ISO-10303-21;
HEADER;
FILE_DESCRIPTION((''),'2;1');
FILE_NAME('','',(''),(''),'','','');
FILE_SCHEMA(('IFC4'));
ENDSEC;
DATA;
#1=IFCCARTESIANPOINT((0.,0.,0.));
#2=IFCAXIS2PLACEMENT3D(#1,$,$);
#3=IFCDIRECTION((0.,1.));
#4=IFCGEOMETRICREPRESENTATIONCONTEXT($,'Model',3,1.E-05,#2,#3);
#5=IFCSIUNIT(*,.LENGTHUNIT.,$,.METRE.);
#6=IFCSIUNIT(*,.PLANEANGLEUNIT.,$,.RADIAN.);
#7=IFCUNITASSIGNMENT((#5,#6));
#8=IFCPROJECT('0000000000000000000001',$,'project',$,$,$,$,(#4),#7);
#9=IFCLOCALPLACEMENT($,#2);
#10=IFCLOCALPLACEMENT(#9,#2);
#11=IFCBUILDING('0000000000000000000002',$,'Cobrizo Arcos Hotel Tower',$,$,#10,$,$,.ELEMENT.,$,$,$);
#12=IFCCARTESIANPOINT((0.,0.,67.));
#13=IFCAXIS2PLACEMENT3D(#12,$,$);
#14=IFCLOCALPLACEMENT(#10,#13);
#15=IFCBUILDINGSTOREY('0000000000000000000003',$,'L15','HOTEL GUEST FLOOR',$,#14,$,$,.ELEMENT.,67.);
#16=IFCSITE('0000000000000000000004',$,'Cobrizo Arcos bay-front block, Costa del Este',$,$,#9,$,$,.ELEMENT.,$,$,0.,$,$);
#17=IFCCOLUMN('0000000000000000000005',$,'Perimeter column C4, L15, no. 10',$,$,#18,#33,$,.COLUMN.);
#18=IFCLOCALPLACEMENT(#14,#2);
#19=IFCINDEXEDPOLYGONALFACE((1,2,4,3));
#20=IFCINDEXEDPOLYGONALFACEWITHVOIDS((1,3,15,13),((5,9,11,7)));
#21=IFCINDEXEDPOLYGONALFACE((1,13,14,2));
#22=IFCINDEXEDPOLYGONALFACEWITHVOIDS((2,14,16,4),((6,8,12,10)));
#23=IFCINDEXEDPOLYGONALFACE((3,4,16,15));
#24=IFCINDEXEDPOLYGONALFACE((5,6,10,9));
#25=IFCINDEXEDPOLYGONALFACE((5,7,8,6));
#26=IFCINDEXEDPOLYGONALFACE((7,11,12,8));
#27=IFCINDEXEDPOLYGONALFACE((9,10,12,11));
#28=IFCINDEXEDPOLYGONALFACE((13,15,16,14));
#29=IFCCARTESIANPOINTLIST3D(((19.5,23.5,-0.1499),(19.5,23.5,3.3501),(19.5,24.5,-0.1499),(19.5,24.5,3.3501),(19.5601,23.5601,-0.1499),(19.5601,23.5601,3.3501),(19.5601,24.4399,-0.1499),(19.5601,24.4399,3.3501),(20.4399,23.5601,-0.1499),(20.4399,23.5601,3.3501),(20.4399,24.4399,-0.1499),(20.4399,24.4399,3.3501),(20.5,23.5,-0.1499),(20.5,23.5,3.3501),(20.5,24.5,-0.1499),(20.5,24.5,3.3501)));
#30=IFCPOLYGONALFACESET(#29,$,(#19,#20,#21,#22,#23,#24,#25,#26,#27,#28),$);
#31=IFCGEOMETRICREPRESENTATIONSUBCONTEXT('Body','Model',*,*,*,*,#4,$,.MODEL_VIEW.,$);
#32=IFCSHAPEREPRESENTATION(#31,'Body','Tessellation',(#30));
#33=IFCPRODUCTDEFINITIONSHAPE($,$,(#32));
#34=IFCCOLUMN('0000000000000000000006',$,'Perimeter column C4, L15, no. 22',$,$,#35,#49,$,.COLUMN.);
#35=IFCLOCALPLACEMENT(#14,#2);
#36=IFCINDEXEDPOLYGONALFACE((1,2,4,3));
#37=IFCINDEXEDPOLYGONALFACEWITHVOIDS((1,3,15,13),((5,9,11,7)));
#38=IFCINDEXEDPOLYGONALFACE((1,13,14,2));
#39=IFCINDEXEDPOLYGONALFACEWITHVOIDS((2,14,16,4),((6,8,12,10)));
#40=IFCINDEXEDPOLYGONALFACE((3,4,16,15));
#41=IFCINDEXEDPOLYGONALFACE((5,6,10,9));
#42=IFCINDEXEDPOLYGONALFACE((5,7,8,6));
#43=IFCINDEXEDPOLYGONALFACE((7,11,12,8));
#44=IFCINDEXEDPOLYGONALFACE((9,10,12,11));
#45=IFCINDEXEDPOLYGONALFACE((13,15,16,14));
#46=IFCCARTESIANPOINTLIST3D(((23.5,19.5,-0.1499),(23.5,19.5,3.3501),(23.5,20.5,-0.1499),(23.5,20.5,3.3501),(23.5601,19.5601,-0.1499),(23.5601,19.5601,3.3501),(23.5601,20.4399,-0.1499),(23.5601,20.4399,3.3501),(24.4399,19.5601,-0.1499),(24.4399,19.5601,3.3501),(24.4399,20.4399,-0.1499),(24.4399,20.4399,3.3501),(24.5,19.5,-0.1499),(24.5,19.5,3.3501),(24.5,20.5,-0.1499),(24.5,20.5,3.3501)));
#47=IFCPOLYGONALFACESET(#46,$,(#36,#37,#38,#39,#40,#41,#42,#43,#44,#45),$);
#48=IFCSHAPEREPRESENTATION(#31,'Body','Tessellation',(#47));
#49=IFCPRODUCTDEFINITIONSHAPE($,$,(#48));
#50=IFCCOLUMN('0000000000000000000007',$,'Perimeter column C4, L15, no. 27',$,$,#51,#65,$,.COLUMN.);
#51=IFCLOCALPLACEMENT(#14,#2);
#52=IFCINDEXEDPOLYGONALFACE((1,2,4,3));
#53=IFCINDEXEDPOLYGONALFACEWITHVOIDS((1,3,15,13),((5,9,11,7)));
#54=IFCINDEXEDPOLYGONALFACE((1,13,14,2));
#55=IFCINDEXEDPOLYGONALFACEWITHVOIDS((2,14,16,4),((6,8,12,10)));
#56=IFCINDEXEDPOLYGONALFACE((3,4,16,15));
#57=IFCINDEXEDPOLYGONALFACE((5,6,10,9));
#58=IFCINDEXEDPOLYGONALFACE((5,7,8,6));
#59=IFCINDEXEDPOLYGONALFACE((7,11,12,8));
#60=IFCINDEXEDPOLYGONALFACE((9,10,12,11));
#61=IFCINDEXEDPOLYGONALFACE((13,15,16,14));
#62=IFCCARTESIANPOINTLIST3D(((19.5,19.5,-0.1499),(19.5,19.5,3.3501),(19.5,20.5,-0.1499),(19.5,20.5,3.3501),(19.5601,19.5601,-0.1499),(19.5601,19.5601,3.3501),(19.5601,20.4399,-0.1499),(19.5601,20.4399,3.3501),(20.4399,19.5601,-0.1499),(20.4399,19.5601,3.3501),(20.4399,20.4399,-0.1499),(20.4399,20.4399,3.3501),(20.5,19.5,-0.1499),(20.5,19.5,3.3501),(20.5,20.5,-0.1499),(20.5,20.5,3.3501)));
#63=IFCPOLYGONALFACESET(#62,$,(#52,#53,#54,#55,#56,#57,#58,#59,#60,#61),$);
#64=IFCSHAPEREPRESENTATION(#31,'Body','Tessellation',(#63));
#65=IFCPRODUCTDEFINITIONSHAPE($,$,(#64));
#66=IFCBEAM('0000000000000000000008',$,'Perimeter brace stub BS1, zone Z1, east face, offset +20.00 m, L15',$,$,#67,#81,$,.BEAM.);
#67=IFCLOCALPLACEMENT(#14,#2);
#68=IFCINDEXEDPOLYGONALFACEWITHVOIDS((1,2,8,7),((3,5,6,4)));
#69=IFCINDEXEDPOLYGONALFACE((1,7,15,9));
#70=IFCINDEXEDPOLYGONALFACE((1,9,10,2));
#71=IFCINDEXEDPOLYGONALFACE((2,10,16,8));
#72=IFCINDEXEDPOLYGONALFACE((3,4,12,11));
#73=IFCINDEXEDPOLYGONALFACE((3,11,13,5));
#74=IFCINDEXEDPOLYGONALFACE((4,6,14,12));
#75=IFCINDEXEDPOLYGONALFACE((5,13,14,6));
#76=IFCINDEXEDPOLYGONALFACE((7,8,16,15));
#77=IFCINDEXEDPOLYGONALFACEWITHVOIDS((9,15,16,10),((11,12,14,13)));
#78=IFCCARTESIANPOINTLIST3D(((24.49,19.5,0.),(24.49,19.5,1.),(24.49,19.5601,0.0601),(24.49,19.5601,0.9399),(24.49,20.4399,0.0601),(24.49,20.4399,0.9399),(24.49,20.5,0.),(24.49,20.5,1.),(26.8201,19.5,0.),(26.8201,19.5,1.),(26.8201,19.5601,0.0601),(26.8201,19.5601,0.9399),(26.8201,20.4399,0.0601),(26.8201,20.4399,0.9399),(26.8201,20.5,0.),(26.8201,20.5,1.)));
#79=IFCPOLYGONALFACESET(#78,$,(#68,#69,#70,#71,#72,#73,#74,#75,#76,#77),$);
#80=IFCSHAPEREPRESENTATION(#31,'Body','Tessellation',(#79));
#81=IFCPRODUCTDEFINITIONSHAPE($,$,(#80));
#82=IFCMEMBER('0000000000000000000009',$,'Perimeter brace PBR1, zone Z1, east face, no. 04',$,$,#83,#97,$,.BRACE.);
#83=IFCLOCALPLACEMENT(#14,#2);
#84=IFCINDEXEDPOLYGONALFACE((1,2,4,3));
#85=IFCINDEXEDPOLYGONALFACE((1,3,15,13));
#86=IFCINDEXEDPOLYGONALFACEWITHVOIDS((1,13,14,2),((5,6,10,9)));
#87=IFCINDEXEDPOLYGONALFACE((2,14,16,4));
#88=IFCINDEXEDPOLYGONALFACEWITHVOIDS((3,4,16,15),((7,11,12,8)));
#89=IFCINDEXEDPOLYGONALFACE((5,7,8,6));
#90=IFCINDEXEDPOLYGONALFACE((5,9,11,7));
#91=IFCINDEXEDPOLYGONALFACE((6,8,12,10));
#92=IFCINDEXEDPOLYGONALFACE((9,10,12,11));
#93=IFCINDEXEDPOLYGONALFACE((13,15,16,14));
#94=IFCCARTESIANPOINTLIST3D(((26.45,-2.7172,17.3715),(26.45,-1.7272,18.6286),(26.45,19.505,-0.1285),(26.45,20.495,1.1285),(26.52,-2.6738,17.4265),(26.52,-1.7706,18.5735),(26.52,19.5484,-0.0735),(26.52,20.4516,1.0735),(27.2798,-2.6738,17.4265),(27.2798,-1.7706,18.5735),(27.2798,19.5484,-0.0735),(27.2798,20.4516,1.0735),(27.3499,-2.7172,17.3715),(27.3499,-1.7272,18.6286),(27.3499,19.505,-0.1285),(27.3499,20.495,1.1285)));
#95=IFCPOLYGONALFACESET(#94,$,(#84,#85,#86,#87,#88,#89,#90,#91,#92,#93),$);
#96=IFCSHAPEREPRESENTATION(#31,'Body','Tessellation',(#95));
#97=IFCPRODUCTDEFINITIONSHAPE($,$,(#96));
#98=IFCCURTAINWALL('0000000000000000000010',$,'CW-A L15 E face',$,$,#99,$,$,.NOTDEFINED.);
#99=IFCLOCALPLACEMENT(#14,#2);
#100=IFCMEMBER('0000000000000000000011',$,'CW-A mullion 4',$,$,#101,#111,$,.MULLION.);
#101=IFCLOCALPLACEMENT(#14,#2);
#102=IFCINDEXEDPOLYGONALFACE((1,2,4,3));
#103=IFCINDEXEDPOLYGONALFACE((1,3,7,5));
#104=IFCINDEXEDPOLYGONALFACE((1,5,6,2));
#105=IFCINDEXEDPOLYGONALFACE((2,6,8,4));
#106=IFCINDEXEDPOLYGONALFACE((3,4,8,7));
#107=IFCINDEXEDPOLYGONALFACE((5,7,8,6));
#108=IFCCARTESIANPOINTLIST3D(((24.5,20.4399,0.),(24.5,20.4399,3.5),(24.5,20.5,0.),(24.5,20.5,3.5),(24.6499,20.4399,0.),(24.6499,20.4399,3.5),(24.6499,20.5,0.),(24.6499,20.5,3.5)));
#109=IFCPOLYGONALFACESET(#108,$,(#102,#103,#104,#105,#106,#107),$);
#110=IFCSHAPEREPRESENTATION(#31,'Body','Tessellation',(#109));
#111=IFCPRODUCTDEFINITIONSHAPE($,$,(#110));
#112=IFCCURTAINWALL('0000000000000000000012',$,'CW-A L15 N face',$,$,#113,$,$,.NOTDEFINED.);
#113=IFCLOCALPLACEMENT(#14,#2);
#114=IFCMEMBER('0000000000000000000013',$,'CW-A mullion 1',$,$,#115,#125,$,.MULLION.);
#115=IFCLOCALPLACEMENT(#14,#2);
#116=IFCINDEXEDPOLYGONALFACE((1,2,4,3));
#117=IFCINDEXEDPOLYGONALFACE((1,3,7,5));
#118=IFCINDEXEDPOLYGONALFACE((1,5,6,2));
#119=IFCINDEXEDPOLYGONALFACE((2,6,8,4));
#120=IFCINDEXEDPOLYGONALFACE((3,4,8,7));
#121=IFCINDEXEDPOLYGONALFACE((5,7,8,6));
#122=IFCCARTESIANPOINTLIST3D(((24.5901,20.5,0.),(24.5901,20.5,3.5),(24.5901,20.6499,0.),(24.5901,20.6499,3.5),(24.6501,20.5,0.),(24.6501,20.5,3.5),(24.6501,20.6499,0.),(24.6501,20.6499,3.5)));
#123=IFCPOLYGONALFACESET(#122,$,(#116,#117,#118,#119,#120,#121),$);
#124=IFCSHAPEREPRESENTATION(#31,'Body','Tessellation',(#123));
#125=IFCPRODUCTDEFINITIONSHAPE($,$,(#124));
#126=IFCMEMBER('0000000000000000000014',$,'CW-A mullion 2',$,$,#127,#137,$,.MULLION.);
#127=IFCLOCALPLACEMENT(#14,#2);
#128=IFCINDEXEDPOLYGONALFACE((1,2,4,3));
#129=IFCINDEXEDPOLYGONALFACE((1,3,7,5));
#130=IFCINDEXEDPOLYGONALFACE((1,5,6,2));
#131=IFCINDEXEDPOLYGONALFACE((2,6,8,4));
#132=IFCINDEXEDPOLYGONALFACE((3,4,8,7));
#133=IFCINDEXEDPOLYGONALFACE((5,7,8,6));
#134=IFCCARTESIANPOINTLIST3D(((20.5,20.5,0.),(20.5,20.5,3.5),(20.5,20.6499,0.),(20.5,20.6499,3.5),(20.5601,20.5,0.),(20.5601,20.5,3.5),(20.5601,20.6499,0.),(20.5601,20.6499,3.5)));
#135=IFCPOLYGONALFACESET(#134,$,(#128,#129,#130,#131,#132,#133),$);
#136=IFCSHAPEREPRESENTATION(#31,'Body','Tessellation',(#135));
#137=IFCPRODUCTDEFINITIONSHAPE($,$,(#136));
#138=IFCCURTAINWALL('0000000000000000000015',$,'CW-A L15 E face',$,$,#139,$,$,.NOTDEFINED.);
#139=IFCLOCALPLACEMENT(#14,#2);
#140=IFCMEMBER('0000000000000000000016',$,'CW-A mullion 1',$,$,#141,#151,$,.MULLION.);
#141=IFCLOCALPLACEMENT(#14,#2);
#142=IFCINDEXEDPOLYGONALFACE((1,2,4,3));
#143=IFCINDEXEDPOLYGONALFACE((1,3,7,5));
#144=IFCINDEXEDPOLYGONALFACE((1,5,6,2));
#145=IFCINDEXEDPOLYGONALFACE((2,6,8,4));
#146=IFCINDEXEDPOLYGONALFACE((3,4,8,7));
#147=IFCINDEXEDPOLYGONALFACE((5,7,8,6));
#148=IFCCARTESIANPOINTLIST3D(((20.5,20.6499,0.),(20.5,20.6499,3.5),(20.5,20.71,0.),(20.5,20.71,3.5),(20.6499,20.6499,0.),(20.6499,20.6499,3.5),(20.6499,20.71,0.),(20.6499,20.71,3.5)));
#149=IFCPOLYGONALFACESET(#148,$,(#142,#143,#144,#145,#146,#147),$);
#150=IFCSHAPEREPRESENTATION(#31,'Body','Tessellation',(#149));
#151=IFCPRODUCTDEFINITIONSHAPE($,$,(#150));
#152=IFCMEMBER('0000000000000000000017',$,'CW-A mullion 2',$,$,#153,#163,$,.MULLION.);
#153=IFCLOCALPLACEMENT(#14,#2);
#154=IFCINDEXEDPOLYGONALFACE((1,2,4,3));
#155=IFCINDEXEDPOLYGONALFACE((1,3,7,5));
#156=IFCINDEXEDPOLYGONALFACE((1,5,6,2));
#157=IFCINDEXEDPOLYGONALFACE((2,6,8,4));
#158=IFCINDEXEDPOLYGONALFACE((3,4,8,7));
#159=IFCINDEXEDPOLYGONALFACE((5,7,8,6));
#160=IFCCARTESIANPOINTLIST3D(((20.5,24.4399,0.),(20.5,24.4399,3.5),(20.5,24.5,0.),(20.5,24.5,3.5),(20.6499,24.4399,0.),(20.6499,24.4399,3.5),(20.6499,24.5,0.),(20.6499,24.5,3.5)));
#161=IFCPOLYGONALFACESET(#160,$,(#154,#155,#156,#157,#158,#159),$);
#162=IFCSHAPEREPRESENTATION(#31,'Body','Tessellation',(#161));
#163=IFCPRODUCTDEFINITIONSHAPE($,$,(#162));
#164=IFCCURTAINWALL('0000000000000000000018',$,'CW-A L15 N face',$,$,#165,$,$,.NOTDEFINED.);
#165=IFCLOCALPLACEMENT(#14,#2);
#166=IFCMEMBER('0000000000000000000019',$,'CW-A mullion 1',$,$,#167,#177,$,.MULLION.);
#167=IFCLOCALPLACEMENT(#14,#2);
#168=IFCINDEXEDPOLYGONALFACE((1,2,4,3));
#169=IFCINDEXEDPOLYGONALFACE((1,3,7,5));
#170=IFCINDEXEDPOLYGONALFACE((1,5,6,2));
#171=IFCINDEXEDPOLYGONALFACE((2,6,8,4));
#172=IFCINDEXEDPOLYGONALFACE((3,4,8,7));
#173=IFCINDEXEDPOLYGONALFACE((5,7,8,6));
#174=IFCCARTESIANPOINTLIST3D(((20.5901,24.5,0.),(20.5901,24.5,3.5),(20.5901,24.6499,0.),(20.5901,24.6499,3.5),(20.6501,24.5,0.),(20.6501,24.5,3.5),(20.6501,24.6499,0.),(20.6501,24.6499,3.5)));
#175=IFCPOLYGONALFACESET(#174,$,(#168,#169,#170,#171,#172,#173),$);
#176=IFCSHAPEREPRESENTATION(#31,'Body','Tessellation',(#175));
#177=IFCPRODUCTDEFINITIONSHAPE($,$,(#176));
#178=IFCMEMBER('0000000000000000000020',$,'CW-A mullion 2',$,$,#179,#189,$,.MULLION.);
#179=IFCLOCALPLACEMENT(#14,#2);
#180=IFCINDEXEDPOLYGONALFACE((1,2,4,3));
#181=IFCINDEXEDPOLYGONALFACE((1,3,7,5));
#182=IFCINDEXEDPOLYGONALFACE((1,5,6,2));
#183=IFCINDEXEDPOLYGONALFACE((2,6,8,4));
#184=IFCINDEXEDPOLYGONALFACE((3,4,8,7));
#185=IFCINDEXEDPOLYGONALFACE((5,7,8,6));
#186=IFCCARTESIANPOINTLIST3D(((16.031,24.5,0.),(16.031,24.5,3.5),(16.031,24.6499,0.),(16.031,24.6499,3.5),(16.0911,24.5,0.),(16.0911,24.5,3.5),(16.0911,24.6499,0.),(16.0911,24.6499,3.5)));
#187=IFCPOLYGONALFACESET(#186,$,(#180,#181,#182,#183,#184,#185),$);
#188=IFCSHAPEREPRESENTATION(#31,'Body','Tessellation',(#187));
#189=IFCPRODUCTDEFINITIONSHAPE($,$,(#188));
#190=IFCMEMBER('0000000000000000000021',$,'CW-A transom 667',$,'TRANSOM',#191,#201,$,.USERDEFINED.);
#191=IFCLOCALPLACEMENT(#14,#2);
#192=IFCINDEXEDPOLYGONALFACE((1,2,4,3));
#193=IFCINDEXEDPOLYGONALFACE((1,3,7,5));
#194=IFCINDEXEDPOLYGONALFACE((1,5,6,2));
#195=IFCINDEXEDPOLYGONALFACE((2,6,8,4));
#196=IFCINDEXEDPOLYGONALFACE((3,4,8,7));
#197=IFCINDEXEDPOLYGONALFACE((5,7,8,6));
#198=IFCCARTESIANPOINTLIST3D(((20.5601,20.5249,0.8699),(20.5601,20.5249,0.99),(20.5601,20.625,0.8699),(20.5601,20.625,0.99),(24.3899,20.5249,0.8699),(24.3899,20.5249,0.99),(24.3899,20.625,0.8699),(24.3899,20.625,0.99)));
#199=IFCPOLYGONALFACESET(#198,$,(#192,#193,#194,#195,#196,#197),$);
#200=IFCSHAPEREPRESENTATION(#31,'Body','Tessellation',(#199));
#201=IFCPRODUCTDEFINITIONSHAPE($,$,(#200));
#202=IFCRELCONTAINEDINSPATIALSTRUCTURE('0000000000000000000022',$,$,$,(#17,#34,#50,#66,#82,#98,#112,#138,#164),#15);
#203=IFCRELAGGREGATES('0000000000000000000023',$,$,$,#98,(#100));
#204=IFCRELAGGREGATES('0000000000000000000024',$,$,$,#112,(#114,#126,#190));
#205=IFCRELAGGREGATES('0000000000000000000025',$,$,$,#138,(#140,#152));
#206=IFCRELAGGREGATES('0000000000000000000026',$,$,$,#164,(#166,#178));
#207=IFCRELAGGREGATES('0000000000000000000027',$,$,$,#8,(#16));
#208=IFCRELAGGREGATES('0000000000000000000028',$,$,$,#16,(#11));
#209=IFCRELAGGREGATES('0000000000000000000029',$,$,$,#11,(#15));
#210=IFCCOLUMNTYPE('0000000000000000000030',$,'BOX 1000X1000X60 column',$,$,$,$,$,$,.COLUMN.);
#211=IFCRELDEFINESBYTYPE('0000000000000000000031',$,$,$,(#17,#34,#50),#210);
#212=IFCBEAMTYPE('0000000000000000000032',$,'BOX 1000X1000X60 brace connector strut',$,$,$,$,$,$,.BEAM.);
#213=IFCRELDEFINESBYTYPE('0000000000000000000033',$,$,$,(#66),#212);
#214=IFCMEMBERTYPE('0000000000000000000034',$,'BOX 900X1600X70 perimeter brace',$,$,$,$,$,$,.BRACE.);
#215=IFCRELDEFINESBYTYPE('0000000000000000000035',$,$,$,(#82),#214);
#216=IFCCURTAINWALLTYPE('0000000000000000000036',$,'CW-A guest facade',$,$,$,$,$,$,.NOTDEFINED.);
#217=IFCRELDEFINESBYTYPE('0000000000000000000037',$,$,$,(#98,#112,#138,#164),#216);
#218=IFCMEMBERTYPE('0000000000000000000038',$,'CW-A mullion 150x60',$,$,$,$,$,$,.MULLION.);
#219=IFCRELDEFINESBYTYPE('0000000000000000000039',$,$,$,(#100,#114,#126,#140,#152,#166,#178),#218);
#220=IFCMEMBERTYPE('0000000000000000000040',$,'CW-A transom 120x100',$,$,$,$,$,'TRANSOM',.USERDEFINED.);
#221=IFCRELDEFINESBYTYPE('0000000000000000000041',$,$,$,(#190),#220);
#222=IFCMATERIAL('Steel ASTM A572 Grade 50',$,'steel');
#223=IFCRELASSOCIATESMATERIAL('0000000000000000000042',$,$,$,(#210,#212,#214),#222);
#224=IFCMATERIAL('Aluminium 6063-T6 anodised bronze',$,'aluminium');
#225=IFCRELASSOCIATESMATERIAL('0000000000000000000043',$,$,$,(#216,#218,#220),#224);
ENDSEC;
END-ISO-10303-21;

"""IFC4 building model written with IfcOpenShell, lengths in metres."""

from ifc_helpers import new_model, si_unit, direction, frame, origin, origin_2d, place, context, subcontext, project, spatial, rectangle, hollow_rectangle, extrude, material, material_profile, profile_set, type_object, element, aggregate, save


model = new_model("IFC4")

# Units and contexts
model_context = context("Model", 3, precision=1e-05, world=origin(), true_north=direction((0.0, 1.0)))
body_context = subcontext(model_context, "Body", "Model", "MODEL_VIEW")
ifc_project = project(units=[si_unit("LENGTHUNIT", "METRE"), si_unit("PLANEANGLEUNIT", "RADIAN")], contexts=[model_context])

# Site, building, storey
site_placement = place(None, origin())
site = spatial("IfcSite", under=ifc_project, at=site_placement, Name="Cobrizo Arcos bay-front block, Costa del Este", CompositionType="ELEMENT", RefElevation=0.0)
building_placement = place(site_placement, origin())
building = spatial("IfcBuilding", under=site, at=building_placement, Name="Cobrizo Arcos Hotel Tower", CompositionType="ELEMENT")
storey_placement = place(building_placement, frame((0.0, 0.0, 67.0)))
storey = spatial("IfcBuildingStorey", under=building, at=storey_placement, Name="L15", Description="HOTEL GUEST FLOOR", CompositionType="ELEMENT", Elevation=67.0)

# Columns
ifc_material_1 = material(Name="Steel ASTM A572 Grade 50", Category="steel")
ifc_material_profile_1 = material_profile(ifc_material_1, hollow_rectangle(XDim=1.0, YDim=1.0, WallThickness=0.0601, at=origin_2d()), Name="BOX 1000X1000X60")
ifc_profile_set_1 = profile_set([ifc_material_profile_1], Name="Steel ASTM A572 Grade 50")
column_type = type_object("IfcColumnType", Name="BOX 1000X1000X60 column", PredefinedType="COLUMN", material=ifc_profile_set_1)
for number, where, z_axis, x_axis, name in (
    (1, (20.0, 24.0, -0.1499), (0.0, 0.0, 1.0), (1.0, 0.0, 0.0), "Perimeter column C4, L15, no. 10"),
    (2, (24.0, 20.0, -0.1499), (0.0, 0.0, 1.0), (1.0, 0.0, 0.0), "Perimeter column C4, L15, no. 22"),
    (3, (20.0, 20.0, -0.1499), (0.0, 0.0, 1.0), (1.0, 0.0, 0.0), "Perimeter column C4, L15, no. 27"),
):
    element("IfcColumn", number, at=place(storey_placement, frame(where, z_axis=z_axis, x_axis=x_axis)), inside=storey, type_object=column_type, Name=name, PredefinedType="COLUMN", context=body_context, shape_type="SweptSolid", body=[
        extrude(hollow_rectangle(XDim=1.0, YDim=1.0, WallThickness=0.0601, at=origin_2d()), origin(), (0.0, 0.0, 1.0), 3.5),
    ])

# Beam
ifc_material_profile_2 = material_profile(ifc_material_1, hollow_rectangle(XDim=1.0, YDim=1.0, WallThickness=0.0601, at=origin_2d()), Name="BOX 1000X1000X60")
ifc_profile_set_2 = profile_set([ifc_material_profile_2], Name="Steel ASTM A572 Grade 50")
beam_type_1 = type_object("IfcBeamType", Name="BOX 1000X1000X60 brace connector strut", PredefinedType="BEAM", material=ifc_profile_set_2)
beam_1_placement = place(storey_placement, frame((24.49, 20.0, 0.5), z_axis=(1.0, 0.0, 0.0), x_axis=(0.0, 1.0, 0.0)))
element("IfcBeam", 4, at=beam_1_placement, inside=storey, type_object=beam_type_1, Name="Perimeter brace stub BS1, zone Z1, east face, offset +20.00 m, L15", PredefinedType="BEAM", context=body_context, shape_type="SweptSolid", body=[
    extrude(hollow_rectangle(XDim=1.0, YDim=1.0, WallThickness=0.0601, at=origin_2d()), origin(), (0.0, 0.0, 1.0), 2.3301),
])

# Member
ifc_material_profile_3 = material_profile(ifc_material_1, hollow_rectangle(XDim=0.8999, YDim=1.6001, WallThickness=0.0701, at=origin_2d()), Name="BOX 900X1600X70")
ifc_profile_set_3 = profile_set([ifc_material_profile_3], Name="Steel ASTM A572 Grade 50")
member_type_1 = type_object("IfcMemberType", Name="BOX 900X1600X70 perimeter brace", PredefinedType="BRACE", material=ifc_profile_set_3)
member_1_placement = place(storey_placement, frame((26.8999, 20.0, 0.5), z_axis=(0.0, -0.785636, 0.61869), x_axis=(1.0, 0.0, 0.0)))
element("IfcMember", 5, at=member_1_placement, inside=storey, type_object=member_type_1, Name="Perimeter brace PBR1, zone Z1, east face, no. 04", PredefinedType="BRACE", context=body_context, shape_type="SweptSolid", body=[
    extrude(hollow_rectangle(XDim=0.8999, YDim=1.6001, WallThickness=0.0701, at=origin_2d()), origin(), (0.0, 0.0, 1.0), 28.2856),
])

# Curtain wall, member
ifc_material_2 = material(Name="Aluminium 6063-T6 anodised bronze", Category="aluminium")
curtain_wall_type = type_object("IfcCurtainWallType", Name="CW-A guest facade", PredefinedType="NOTDEFINED", material=ifc_material_2)
curtain_wall_1_placement = place(storey_placement, origin())
curtain_wall_1 = element("IfcCurtainWall", 6, at=curtain_wall_1_placement, inside=storey, type_object=curtain_wall_type, Name="CW-A L15 E face", PredefinedType="NOTDEFINED")
ifc_material_profile_4 = material_profile(ifc_material_2, rectangle(XDim=0.1499, YDim=0.0601, at=origin_2d()), Name="CW-A mullion 150x60")
ifc_profile_set_4 = profile_set([ifc_material_profile_4], Name="Aluminium 6063-T6 anodised bronze")
member_type_2 = type_object("IfcMemberType", Name="CW-A mullion 150x60", PredefinedType="MULLION", material=ifc_profile_set_4)
member_2_placement = place(storey_placement, frame((24.575, 20.47, 0.0), z_axis=(0.0, 0.0, 1.0), x_axis=(1.0, 0.0, 0.0)))
member_2 = element("IfcMember", 7, at=member_2_placement, type_object=member_type_2, Name="CW-A mullion 4", PredefinedType="MULLION", context=body_context, shape_type="SweptSolid", body=[
    extrude(rectangle(XDim=0.1499, YDim=0.0601, at=origin_2d()), origin(), (0.0, 0.0, 1.0), 3.5),
])

# Curtain walls, members
curtain_wall_2_placement = place(storey_placement, origin())
curtain_wall_2 = element("IfcCurtainWall", 8, at=curtain_wall_2_placement, inside=storey, type_object=curtain_wall_type, Name="CW-A L15 N face", PredefinedType="NOTDEFINED")
member_3_placement = place(storey_placement, frame((24.6201, 20.575, 0.0), z_axis=(0.0, 0.0, 1.0), x_axis=(0.0, 1.0, 0.0)))
member_3 = element("IfcMember", 9, at=member_3_placement, type_object=member_type_2, Name="CW-A mullion 1", PredefinedType="MULLION", context=body_context, shape_type="SweptSolid", body=[
    extrude(rectangle(XDim=0.1499, YDim=0.0601, at=origin_2d()), origin(), (0.0, 0.0, 1.0), 3.5),
])
member_4_placement = place(storey_placement, frame((20.53, 20.575, 0.0), z_axis=(0.0, 0.0, 1.0), x_axis=(0.0, 1.0, 0.0)))
member_4 = element("IfcMember", 10, at=member_4_placement, type_object=member_type_2, Name="CW-A mullion 2", PredefinedType="MULLION", context=body_context, shape_type="SweptSolid", body=[
    extrude(rectangle(XDim=0.1499, YDim=0.0601, at=origin_2d()), origin(), (0.0, 0.0, 1.0), 3.5),
])
curtain_wall_3_placement = place(storey_placement, origin())
curtain_wall_3 = element("IfcCurtainWall", 11, at=curtain_wall_3_placement, inside=storey, type_object=curtain_wall_type, Name="CW-A L15 E face", PredefinedType="NOTDEFINED")
member_5_placement = place(storey_placement, frame((20.575, 20.6799, 0.0), z_axis=(0.0, 0.0, 1.0), x_axis=(1.0, 0.0, 0.0)))
member_5 = element("IfcMember", 12, at=member_5_placement, type_object=member_type_2, Name="CW-A mullion 1", PredefinedType="MULLION", context=body_context, shape_type="SweptSolid", body=[
    extrude(rectangle(XDim=0.1499, YDim=0.0601, at=origin_2d()), origin(), (0.0, 0.0, 1.0), 3.5),
])
member_6_placement = place(storey_placement, frame((20.575, 24.47, 0.0), z_axis=(0.0, 0.0, 1.0), x_axis=(1.0, 0.0, 0.0)))
member_6 = element("IfcMember", 13, at=member_6_placement, type_object=member_type_2, Name="CW-A mullion 2", PredefinedType="MULLION", context=body_context, shape_type="SweptSolid", body=[
    extrude(rectangle(XDim=0.1499, YDim=0.0601, at=origin_2d()), origin(), (0.0, 0.0, 1.0), 3.5),
])
curtain_wall_4_placement = place(storey_placement, origin())
curtain_wall_4 = element("IfcCurtainWall", 14, at=curtain_wall_4_placement, inside=storey, type_object=curtain_wall_type, Name="CW-A L15 N face", PredefinedType="NOTDEFINED")
member_7_placement = place(storey_placement, frame((20.6201, 24.575, 0.0), z_axis=(0.0, 0.0, 1.0), x_axis=(0.0, 1.0, 0.0)))
member_7 = element("IfcMember", 15, at=member_7_placement, type_object=member_type_2, Name="CW-A mullion 1", PredefinedType="MULLION", context=body_context, shape_type="SweptSolid", body=[
    extrude(rectangle(XDim=0.1499, YDim=0.0601, at=origin_2d()), origin(), (0.0, 0.0, 1.0), 3.5),
])
member_8_placement = place(storey_placement, frame((16.061, 24.575, 0.0), z_axis=(0.0, 0.0, 1.0), x_axis=(0.0, 1.0, 0.0)))
member_8 = element("IfcMember", 16, at=member_8_placement, type_object=member_type_2, Name="CW-A mullion 2", PredefinedType="MULLION", context=body_context, shape_type="SweptSolid", body=[
    extrude(rectangle(XDim=0.1499, YDim=0.0601, at=origin_2d()), origin(), (0.0, 0.0, 1.0), 3.5),
])

# Member
ifc_material_profile_5 = material_profile(ifc_material_2, rectangle(XDim=0.1001, YDim=0.1201, at=origin_2d()), Name="CW-A transom 120x100")
ifc_profile_set_5 = profile_set([ifc_material_profile_5], Name="Aluminium 6063-T6 anodised bronze")
member_type_3 = type_object("IfcMemberType", Name="CW-A transom 120x100", ElementType="TRANSOM", PredefinedType="USERDEFINED", material=ifc_profile_set_5)
member_9_placement = place(storey_placement, frame((24.3899, 20.575, 0.9299), z_axis=(-1.0, 0.0, 0.0), x_axis=(0.0, -1.0, 0.0)))
member_9 = element("IfcMember", 17, at=member_9_placement, type_object=member_type_3, Name="CW-A transom 667", ObjectType="TRANSOM", PredefinedType="USERDEFINED", context=body_context, shape_type="SweptSolid", body=[
    extrude(rectangle(XDim=0.1001, YDim=0.1201, at=origin_2d()), origin(), (0.0, 0.0, 1.0), 3.8298),
])

aggregate(curtain_wall_1, [member_2])
aggregate(curtain_wall_2, [member_3, member_4, member_9])
aggregate(curtain_wall_3, [member_5, member_6])
aggregate(curtain_wall_4, [member_7, member_8])

save(model, "model.ifc")
